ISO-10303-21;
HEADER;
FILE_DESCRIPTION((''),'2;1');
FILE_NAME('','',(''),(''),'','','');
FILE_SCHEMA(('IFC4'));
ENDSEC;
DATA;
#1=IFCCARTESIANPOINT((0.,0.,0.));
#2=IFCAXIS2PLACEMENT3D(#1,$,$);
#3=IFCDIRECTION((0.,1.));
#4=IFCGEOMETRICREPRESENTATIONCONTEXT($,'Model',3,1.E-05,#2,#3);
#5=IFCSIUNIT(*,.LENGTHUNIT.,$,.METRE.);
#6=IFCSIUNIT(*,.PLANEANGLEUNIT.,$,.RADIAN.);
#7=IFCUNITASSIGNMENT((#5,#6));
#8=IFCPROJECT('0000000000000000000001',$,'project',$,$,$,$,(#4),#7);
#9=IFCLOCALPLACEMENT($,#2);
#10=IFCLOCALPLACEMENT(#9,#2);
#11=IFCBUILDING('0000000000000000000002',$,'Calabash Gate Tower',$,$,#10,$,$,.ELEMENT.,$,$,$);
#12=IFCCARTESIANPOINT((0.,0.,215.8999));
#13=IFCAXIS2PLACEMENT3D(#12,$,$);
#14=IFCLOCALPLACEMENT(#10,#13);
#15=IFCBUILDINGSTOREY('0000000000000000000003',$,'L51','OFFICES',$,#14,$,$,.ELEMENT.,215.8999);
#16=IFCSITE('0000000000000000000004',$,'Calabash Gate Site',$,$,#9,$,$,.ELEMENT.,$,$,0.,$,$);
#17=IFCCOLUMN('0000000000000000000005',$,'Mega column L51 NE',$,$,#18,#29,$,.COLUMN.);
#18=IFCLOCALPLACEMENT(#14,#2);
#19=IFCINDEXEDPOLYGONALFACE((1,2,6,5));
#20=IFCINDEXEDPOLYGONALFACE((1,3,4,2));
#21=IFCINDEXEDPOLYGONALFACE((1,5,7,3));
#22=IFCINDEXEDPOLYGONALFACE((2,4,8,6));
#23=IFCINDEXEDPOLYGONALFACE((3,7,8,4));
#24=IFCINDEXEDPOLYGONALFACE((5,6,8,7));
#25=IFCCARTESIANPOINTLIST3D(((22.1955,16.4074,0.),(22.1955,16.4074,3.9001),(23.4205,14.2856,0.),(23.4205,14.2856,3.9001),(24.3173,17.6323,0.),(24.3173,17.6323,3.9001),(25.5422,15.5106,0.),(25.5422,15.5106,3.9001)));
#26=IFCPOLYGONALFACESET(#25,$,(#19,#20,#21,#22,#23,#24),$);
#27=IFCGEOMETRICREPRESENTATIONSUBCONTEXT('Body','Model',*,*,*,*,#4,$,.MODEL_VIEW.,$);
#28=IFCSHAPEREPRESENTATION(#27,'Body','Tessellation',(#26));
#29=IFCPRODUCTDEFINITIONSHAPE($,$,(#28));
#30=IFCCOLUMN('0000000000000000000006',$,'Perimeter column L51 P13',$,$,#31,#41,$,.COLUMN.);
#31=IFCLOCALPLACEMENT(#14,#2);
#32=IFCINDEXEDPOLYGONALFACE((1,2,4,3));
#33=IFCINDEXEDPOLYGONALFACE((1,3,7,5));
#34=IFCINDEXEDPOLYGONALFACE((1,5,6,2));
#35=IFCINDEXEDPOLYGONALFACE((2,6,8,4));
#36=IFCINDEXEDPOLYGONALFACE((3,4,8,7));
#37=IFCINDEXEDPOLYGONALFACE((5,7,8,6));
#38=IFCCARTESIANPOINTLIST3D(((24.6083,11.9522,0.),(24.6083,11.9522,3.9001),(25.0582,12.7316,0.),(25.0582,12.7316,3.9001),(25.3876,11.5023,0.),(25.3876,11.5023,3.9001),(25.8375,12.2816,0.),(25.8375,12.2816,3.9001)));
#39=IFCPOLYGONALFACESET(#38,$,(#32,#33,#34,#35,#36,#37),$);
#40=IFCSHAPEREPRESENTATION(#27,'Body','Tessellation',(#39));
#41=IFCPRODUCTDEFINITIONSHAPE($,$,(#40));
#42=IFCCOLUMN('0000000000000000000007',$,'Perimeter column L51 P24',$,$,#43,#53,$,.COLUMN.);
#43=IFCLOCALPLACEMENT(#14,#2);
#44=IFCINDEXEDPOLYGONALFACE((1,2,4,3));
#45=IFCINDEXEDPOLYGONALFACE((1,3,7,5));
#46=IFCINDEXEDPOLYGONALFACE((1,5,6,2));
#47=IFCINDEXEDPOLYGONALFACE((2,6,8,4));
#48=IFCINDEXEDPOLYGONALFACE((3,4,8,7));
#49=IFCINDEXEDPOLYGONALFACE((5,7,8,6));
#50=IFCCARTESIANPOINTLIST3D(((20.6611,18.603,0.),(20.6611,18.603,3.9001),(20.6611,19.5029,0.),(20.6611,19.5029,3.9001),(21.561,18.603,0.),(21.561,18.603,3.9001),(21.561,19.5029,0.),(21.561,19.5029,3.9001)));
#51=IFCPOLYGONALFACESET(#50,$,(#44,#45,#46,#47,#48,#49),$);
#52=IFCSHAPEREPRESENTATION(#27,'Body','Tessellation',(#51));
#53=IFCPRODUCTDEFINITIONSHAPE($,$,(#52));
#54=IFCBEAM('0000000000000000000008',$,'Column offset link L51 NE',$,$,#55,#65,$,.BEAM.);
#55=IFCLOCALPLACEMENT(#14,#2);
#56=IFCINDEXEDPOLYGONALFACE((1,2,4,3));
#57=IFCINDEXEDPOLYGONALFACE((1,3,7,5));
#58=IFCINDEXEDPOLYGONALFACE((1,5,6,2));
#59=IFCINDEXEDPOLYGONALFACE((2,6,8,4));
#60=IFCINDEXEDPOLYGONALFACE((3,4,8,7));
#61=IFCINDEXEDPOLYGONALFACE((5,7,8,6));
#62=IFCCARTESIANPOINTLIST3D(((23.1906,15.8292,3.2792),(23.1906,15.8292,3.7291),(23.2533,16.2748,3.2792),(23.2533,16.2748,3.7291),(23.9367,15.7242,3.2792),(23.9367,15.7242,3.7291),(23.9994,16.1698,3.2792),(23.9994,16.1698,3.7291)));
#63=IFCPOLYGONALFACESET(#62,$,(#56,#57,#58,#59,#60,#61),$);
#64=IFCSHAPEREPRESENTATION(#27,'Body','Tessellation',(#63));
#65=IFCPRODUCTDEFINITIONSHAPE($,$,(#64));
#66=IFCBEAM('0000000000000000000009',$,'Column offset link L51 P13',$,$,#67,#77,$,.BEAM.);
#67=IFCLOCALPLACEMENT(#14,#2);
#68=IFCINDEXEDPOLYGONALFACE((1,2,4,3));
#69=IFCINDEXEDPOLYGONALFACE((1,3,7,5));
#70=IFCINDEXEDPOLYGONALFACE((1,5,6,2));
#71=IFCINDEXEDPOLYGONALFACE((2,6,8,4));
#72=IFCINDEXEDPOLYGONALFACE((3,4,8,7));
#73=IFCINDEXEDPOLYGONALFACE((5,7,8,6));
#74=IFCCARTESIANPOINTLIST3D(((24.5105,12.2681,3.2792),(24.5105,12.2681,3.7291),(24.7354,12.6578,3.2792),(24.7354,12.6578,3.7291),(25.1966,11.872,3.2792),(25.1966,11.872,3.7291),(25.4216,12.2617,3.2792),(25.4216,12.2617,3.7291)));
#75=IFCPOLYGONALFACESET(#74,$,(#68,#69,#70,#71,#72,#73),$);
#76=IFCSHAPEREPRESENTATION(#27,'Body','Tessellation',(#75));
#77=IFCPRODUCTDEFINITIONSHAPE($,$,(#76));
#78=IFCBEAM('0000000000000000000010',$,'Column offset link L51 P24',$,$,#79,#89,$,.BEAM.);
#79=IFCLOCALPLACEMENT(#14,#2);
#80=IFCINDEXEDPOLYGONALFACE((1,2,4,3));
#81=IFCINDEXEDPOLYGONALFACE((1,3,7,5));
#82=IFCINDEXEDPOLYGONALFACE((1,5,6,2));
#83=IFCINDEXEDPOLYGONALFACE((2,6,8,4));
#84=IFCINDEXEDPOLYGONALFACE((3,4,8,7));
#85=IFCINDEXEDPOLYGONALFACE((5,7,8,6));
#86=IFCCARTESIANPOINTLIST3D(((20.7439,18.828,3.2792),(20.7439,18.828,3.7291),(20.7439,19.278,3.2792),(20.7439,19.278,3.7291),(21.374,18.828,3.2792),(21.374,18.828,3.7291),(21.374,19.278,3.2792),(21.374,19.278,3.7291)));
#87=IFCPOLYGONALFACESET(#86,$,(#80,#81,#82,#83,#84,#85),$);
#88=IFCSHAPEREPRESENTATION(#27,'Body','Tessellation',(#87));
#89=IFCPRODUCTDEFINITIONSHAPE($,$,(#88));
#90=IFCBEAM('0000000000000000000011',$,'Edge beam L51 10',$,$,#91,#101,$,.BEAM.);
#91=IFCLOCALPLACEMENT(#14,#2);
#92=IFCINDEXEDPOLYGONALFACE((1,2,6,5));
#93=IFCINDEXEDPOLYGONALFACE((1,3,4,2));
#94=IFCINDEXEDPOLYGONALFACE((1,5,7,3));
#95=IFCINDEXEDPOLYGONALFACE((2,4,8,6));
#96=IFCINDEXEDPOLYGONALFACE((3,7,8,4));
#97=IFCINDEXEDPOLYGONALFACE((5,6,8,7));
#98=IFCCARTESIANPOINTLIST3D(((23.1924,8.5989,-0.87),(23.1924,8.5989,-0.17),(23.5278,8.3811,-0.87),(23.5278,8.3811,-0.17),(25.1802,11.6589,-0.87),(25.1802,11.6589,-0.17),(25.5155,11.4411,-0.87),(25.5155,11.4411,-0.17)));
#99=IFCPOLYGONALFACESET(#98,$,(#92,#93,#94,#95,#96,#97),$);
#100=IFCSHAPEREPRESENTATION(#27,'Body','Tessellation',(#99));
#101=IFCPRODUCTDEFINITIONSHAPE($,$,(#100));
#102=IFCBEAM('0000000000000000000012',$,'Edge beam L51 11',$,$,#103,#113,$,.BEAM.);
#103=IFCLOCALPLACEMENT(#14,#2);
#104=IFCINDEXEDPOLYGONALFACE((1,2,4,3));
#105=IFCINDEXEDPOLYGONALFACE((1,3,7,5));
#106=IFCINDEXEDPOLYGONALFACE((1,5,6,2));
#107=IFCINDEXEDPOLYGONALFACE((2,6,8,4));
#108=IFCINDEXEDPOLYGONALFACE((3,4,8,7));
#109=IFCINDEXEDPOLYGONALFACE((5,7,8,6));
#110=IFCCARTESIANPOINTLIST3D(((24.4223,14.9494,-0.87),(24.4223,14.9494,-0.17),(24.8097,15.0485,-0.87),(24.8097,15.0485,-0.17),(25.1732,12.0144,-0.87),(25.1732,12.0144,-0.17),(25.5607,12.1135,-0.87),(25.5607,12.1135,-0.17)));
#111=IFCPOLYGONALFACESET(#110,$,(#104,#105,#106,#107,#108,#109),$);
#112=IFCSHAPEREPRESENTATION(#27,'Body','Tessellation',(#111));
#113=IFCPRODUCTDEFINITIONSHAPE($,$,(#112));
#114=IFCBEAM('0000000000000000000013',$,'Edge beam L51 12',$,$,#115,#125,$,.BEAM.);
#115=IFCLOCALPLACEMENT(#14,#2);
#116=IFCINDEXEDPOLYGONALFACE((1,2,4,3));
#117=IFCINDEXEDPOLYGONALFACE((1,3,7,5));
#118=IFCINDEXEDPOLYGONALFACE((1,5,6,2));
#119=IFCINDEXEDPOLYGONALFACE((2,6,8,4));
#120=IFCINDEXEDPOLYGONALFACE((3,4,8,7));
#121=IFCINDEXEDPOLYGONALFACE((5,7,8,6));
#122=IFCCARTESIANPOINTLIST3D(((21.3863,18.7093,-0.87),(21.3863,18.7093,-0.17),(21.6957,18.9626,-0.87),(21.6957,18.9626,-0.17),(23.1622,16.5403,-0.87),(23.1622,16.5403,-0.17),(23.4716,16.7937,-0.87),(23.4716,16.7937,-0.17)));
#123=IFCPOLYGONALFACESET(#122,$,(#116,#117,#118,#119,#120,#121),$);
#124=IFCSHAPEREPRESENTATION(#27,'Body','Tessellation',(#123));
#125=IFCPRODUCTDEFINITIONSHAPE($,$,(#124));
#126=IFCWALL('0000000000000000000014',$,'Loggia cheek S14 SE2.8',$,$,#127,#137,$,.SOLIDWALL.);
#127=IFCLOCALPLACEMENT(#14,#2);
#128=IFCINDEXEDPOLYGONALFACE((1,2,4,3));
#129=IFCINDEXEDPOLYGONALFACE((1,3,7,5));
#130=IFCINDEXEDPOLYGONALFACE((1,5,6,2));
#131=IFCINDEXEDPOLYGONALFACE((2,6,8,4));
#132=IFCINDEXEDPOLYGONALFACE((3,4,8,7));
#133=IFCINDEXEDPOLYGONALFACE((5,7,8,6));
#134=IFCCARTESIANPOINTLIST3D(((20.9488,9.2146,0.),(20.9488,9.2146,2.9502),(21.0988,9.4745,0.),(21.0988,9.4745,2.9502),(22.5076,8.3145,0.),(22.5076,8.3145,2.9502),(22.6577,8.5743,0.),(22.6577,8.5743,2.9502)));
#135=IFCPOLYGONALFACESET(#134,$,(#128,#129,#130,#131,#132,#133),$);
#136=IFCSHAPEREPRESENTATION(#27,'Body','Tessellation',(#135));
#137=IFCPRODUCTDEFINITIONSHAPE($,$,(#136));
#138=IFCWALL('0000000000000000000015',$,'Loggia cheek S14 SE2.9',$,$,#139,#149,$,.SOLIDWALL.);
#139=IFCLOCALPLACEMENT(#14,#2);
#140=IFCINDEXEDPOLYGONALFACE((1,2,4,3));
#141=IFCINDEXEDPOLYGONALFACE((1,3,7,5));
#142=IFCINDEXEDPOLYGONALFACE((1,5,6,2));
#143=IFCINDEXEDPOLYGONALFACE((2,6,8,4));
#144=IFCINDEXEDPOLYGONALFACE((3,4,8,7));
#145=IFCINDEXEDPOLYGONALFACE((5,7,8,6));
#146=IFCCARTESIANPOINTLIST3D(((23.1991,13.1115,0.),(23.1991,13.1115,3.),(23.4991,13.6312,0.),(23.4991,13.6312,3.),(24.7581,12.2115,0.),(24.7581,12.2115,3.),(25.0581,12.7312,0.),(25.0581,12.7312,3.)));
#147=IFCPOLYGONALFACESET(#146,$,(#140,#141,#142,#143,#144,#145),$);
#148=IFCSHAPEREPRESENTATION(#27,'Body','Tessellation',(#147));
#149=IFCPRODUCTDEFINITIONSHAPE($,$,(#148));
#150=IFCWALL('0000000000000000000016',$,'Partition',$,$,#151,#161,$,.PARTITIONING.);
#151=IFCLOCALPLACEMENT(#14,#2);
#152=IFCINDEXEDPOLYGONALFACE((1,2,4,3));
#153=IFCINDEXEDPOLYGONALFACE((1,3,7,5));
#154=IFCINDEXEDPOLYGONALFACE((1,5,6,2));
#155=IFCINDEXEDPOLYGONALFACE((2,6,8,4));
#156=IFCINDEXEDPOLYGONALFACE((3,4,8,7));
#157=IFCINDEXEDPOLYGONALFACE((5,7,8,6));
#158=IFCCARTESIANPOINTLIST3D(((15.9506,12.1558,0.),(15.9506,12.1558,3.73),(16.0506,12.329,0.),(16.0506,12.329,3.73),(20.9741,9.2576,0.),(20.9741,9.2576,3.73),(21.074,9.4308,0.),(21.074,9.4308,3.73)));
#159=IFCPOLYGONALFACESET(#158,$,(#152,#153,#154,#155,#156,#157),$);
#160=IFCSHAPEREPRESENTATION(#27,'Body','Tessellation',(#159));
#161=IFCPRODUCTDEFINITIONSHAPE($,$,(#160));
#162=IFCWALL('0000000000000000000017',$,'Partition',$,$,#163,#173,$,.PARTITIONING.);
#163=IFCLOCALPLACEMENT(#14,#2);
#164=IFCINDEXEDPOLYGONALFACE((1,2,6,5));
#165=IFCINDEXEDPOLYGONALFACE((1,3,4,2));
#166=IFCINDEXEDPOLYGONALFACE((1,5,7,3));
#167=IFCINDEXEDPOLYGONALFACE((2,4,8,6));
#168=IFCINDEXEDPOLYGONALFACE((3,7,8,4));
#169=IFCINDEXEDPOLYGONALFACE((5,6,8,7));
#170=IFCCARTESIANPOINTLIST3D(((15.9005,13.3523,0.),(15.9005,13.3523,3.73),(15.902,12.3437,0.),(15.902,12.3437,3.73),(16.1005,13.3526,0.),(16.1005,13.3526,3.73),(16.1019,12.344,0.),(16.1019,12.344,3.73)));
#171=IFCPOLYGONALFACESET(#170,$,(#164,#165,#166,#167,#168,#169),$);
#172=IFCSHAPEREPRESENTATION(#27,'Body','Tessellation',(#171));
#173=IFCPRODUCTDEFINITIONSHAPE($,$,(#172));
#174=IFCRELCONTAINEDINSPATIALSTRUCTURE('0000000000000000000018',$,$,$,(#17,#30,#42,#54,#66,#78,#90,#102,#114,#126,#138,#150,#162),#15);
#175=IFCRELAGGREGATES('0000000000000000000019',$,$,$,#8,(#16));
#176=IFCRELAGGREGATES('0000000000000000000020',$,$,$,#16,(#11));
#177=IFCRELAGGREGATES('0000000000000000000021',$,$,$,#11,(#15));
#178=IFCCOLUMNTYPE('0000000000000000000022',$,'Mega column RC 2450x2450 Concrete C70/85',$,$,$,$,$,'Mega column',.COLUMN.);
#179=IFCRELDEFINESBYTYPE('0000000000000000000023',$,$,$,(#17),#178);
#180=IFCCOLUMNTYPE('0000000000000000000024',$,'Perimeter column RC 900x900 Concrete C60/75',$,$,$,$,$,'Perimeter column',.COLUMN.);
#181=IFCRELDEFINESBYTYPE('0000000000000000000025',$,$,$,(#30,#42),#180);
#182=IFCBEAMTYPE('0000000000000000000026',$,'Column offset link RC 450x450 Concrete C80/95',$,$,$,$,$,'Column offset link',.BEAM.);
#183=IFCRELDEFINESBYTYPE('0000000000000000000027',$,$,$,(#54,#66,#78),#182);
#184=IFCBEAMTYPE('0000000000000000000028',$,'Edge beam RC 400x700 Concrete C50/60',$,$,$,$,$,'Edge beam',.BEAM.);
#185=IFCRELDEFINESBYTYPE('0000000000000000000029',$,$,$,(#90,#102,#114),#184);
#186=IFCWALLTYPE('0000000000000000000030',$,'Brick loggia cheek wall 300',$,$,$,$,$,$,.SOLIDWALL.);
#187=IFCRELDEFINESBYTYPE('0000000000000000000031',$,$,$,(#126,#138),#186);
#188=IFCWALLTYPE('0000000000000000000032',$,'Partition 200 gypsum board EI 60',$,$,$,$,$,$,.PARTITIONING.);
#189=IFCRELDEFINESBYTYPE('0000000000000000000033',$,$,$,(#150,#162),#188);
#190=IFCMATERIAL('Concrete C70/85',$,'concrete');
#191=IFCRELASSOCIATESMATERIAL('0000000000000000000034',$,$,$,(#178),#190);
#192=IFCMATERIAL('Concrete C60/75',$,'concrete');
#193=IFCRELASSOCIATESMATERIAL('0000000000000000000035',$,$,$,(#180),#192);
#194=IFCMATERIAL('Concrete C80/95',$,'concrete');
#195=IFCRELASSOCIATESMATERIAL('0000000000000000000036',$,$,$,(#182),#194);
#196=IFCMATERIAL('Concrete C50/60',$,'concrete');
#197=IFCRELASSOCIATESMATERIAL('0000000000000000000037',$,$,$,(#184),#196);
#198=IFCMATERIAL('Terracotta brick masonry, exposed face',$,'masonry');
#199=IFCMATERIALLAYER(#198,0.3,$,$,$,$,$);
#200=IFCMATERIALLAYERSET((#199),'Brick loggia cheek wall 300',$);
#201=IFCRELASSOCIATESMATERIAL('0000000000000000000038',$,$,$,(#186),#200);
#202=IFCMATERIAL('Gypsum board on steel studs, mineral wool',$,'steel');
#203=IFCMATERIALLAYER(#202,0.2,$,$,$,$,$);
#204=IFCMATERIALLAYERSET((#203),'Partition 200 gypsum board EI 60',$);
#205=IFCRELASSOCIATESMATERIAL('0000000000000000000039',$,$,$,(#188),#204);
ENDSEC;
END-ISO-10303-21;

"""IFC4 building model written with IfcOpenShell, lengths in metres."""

from ifc_helpers import new_model, si_unit, direction, frame, frame_2d, origin, origin_2d, place, context, subcontext, project, spatial, rectangle, extrude, material, layer, layer_set, material_profile, profile_set, type_object, element, save


model = new_model("IFC4")

# Units and contexts
model_context = context("Model", 3, precision=1e-05, world=origin(), true_north=direction((0.0, 1.0)))
body_context = subcontext(model_context, "Body", "Model", "MODEL_VIEW")
ifc_project = project(units=[si_unit("LENGTHUNIT", "METRE"), si_unit("PLANEANGLEUNIT", "RADIAN")], contexts=[model_context])

# Site, building, storey
site_placement = place(None, origin())
site = spatial("IfcSite", under=ifc_project, at=site_placement, Name="Calabash Gate Site", CompositionType="ELEMENT", RefElevation=0.0)
building_placement = place(site_placement, origin())
building = spatial("IfcBuilding", under=site, at=building_placement, Name="Calabash Gate Tower", CompositionType="ELEMENT")
storey_placement = place(building_placement, frame((0.0, 0.0, 215.8999)))
storey = spatial("IfcBuildingStorey", under=building, at=storey_placement, Name="L51", Description="OFFICES", CompositionType="ELEMENT", Elevation=215.8999)

# Columns
ifc_material_1 = material(Name="Concrete C70/85", Category="concrete")
ifc_material_profile_1 = material_profile(ifc_material_1, rectangle(XDim=2.45, YDim=2.45, at=origin_2d()))
ifc_profile_set_1 = profile_set([ifc_material_profile_1], Name="Concrete C70/85")
column_type_1 = type_object("IfcColumnType", Name="Mega column RC 2450x2450 Concrete C70/85", ElementType="Mega column", PredefinedType="COLUMN", material=ifc_profile_set_1)
column_placement = place(storey_placement, frame((23.8689, 15.959, 0.0), z_axis=(0.0, 0.0, 1.0), x_axis=(-0.866025, -0.5, 0.0)))
element("IfcColumn", 1, at=column_placement, inside=storey, type_object=column_type_1, Name="Mega column L51 NE", PredefinedType="COLUMN", context=body_context, shape_type="SweptSolid", body=[
    extrude(rectangle(XDim=2.45, YDim=2.45, at=origin_2d()), origin(), (0.0, 0.0, 1.0), 3.9001),
])
ifc_material_2 = material(Name="Concrete C60/75", Category="concrete")
ifc_material_profile_2 = material_profile(ifc_material_2, rectangle(XDim=0.8999, YDim=0.8999, at=origin_2d()))
ifc_profile_set_2 = profile_set([ifc_material_profile_2], Name="Concrete C60/75")
column_type_2 = type_object("IfcColumnType", Name="Perimeter column RC 900x900 Concrete C60/75", ElementType="Perimeter column", PredefinedType="COLUMN", material=ifc_profile_set_2)
for number, where, z_axis, x_axis, name in (
    (2, (25.2229, 12.1169, 0.0), (0.0, 0.0, 1.0), (0.5, 0.866025, 0.0), "Perimeter column L51 P13"),
    (3, (21.1111, 19.053, 0.0), (0.0, 0.0, 1.0), (-1.0, 0.0, 0.0), "Perimeter column L51 P24"),
):
    element("IfcColumn", number, at=place(storey_placement, frame(where, z_axis=z_axis, x_axis=x_axis)), inside=storey, type_object=column_type_2, Name=name, PredefinedType="COLUMN", context=body_context, shape_type="SweptSolid", body=[
        extrude(rectangle(XDim=0.8999, YDim=0.8999, at=origin_2d()), origin(), (0.0, 0.0, 1.0), 3.9001),
    ])

# Beams
ifc_material_3 = material(Name="Concrete C80/95", Category="concrete")
ifc_material_profile_3 = material_profile(ifc_material_3, rectangle(XDim=0.45, YDim=0.45, at=origin_2d()))
ifc_profile_set_3 = profile_set([ifc_material_profile_3], Name="Concrete C80/95")
beam_type_1 = type_object("IfcBeamType", Name="Column offset link RC 450x450 Concrete C80/95", ElementType="Column offset link", PredefinedType="BEAM", material=ifc_profile_set_3)
beam_1_placement = place(storey_placement, frame((23.968, 15.947, 3.5042), z_axis=(-0.990245, 0.139334, 0.0), x_axis=(-0.139334, -0.990245, 0.0)))
element("IfcBeam", 4, at=beam_1_placement, inside=storey, type_object=beam_type_1, Name="Column offset link L51 NE", PredefinedType="BEAM", context=body_context, shape_type="SweptSolid", body=[
    extrude(rectangle(XDim=0.45, YDim=0.45, at=origin_2d()), origin(), (0.0, 0.0, 1.0), 0.7534),
])
beam_2_placement = place(storey_placement, frame((25.3091, 12.0669, 3.5042), z_axis=(-0.866073, 0.499918, 0.0), x_axis=(-0.499918, -0.866073, 0.0)))
element("IfcBeam", 5, at=beam_2_placement, inside=storey, type_object=beam_type_1, Name="Column offset link L51 P13", PredefinedType="BEAM", context=body_context, shape_type="SweptSolid", body=[
    extrude(rectangle(XDim=0.45, YDim=0.45, at=origin_2d()), origin(), (0.0, 0.0, 1.0), 0.7922),
])
beam_3_placement = place(storey_placement, frame((21.374, 19.053, 3.5042), z_axis=(-1.0, 0.0, 0.0), x_axis=(0.0, -1.0, 0.0)))
element("IfcBeam", 6, at=beam_3_placement, inside=storey, type_object=beam_type_1, Name="Column offset link L51 P24", PredefinedType="BEAM", context=body_context, shape_type="SweptSolid", body=[
    extrude(rectangle(XDim=0.45, YDim=0.45, at=origin_2d()), origin(), (0.0, 0.0, 1.0), 0.6301),
])
ifc_material_4 = material(Name="Concrete C50/60", Category="concrete")
ifc_material_profile_4 = material_profile(ifc_material_4, rectangle(XDim=0.3999, YDim=0.7, at=origin_2d()))
ifc_profile_set_4 = profile_set([ifc_material_profile_4], Name="Concrete C50/60")
beam_type_2 = type_object("IfcBeamType", Name="Edge beam RC 400x700 Concrete C50/60", ElementType="Edge beam", PredefinedType="BEAM", material=ifc_profile_set_4)
beam_4_placement = place(storey_placement, frame((23.3601, 8.49, -0.52), z_axis=(0.544748, 0.838599, 0.0), x_axis=(-0.838599, 0.544748, 0.0)))
element("IfcBeam", 7, at=beam_4_placement, inside=storey, type_object=beam_type_2, Name="Edge beam L51 10", PredefinedType="BEAM", context=body_context, shape_type="SweptSolid", body=[
    extrude(rectangle(XDim=0.3999, YDim=0.7, at=origin_2d()), origin(), (0.0, 0.0, 1.0), 3.6489),
])
beam_5_placement = place(storey_placement, frame((25.3669, 12.064, -0.52), z_axis=(-0.247879, 0.968791, 0.0), x_axis=(-0.968791, -0.247879, 0.0)))
element("IfcBeam", 8, at=beam_5_placement, inside=storey, type_object=beam_type_2, Name="Edge beam L51 11", PredefinedType="BEAM", context=body_context, shape_type="SweptSolid", body=[
    extrude(rectangle(XDim=0.3999, YDim=0.7, at=origin_2d()), origin(), (0.0, 0.0, 1.0), 3.0295),
])
beam_6_placement = place(storey_placement, frame((23.3169, 16.667, -0.52), z_axis=(-0.633513, 0.773732, 0.0), x_axis=(-0.773732, -0.633513, 0.0)))
element("IfcBeam", 9, at=beam_6_placement, inside=storey, type_object=beam_type_2, Name="Edge beam L51 12", PredefinedType="BEAM", context=body_context, shape_type="SweptSolid", body=[
    extrude(rectangle(XDim=0.3999, YDim=0.7, at=origin_2d()), origin(), (0.0, 0.0, 1.0), 2.8032),
])

# Walls
ifc_material_5 = material(Name="Terracotta brick masonry, exposed face", Category="masonry")
ifc_layer_1 = layer(ifc_material_5, 0.3)
ifc_layer_set_1 = layer_set([ifc_layer_1], Name="Brick loggia cheek wall 300")
wall_type_1 = type_object("IfcWallType", Name="Brick loggia cheek wall 300", PredefinedType="SOLIDWALL", material=ifc_layer_set_1)
wall_1_placement = place(storey_placement, frame((21.0239, 9.3445, 0.0), z_axis=(0.0, 0.0, 1.0), x_axis=(0.865989, -0.500063, 0.0)))
element("IfcWall", 10, at=wall_1_placement, inside=storey, type_object=wall_type_1, Name="Loggia cheek S14 SE2.8", PredefinedType="SOLIDWALL", context=body_context, shape_type="SweptSolid", body=[
    extrude(rectangle(XDim=1.8, YDim=0.3, at=frame_2d((0.8999, 0.0))), origin(), (0.0, 0.0, 1.0), 2.9502),
])
wall_2_placement = place(storey_placement, frame((24.908, 12.4714, 0.0), z_axis=(0.0, 0.0, 1.0), x_axis=(-0.866048, 0.499961, 0.0)))
element("IfcWall", 11, at=wall_2_placement, inside=storey, type_object=wall_type_1, Name="Loggia cheek S14 SE2.9", PredefinedType="SOLIDWALL", context=body_context, shape_type="SweptSolid", body=[
    extrude(rectangle(XDim=1.8, YDim=0.6001, at=frame_2d((0.8999, 0.0))), origin(), (0.0, 0.0, 1.0), 3.0),
])
ifc_material_6 = material(Name="Gypsum board on steel studs, mineral wool", Category="steel")
ifc_layer_2 = layer(ifc_material_6, 0.2)
ifc_layer_set_2 = layer_set([ifc_layer_2], Name="Partition 200 gypsum board EI 60")
wall_type_2 = type_object("IfcWallType", Name="Partition 200 gypsum board EI 60", PredefinedType="PARTITIONING", material=ifc_layer_set_2)
wall_3_placement = place(storey_placement, frame((16.0005, 12.2424, 0.0), z_axis=(0.0, 0.0, 1.0), x_axis=(0.866181, -0.49973, 0.0)))
element("IfcWall", 12, at=wall_3_placement, inside=storey, type_object=wall_type_2, Name="Partition", PredefinedType="PARTITIONING", context=body_context, shape_type="SweptSolid", body=[
    extrude(rectangle(XDim=5.7996, YDim=0.2, at=frame_2d((2.8999, 0.0))), origin(), (0.0, 0.0, 1.0), 3.73),
])
wall_4_placement = place(storey_placement, frame((16.0005, 13.3525, 0.0), z_axis=(0.0, 0.0, 1.0), x_axis=(0.001452, -0.999999, 0.0)))
element("IfcWall", 13, at=wall_4_placement, inside=storey, type_object=wall_type_2, Name="Partition", PredefinedType="PARTITIONING", context=body_context, shape_type="SweptSolid", body=[
    extrude(rectangle(XDim=1.0085, YDim=0.2, at=frame_2d((0.5044, 0.0))), origin(), (0.0, 0.0, 1.0), 3.73),
])

save(model, "model.ifc")
